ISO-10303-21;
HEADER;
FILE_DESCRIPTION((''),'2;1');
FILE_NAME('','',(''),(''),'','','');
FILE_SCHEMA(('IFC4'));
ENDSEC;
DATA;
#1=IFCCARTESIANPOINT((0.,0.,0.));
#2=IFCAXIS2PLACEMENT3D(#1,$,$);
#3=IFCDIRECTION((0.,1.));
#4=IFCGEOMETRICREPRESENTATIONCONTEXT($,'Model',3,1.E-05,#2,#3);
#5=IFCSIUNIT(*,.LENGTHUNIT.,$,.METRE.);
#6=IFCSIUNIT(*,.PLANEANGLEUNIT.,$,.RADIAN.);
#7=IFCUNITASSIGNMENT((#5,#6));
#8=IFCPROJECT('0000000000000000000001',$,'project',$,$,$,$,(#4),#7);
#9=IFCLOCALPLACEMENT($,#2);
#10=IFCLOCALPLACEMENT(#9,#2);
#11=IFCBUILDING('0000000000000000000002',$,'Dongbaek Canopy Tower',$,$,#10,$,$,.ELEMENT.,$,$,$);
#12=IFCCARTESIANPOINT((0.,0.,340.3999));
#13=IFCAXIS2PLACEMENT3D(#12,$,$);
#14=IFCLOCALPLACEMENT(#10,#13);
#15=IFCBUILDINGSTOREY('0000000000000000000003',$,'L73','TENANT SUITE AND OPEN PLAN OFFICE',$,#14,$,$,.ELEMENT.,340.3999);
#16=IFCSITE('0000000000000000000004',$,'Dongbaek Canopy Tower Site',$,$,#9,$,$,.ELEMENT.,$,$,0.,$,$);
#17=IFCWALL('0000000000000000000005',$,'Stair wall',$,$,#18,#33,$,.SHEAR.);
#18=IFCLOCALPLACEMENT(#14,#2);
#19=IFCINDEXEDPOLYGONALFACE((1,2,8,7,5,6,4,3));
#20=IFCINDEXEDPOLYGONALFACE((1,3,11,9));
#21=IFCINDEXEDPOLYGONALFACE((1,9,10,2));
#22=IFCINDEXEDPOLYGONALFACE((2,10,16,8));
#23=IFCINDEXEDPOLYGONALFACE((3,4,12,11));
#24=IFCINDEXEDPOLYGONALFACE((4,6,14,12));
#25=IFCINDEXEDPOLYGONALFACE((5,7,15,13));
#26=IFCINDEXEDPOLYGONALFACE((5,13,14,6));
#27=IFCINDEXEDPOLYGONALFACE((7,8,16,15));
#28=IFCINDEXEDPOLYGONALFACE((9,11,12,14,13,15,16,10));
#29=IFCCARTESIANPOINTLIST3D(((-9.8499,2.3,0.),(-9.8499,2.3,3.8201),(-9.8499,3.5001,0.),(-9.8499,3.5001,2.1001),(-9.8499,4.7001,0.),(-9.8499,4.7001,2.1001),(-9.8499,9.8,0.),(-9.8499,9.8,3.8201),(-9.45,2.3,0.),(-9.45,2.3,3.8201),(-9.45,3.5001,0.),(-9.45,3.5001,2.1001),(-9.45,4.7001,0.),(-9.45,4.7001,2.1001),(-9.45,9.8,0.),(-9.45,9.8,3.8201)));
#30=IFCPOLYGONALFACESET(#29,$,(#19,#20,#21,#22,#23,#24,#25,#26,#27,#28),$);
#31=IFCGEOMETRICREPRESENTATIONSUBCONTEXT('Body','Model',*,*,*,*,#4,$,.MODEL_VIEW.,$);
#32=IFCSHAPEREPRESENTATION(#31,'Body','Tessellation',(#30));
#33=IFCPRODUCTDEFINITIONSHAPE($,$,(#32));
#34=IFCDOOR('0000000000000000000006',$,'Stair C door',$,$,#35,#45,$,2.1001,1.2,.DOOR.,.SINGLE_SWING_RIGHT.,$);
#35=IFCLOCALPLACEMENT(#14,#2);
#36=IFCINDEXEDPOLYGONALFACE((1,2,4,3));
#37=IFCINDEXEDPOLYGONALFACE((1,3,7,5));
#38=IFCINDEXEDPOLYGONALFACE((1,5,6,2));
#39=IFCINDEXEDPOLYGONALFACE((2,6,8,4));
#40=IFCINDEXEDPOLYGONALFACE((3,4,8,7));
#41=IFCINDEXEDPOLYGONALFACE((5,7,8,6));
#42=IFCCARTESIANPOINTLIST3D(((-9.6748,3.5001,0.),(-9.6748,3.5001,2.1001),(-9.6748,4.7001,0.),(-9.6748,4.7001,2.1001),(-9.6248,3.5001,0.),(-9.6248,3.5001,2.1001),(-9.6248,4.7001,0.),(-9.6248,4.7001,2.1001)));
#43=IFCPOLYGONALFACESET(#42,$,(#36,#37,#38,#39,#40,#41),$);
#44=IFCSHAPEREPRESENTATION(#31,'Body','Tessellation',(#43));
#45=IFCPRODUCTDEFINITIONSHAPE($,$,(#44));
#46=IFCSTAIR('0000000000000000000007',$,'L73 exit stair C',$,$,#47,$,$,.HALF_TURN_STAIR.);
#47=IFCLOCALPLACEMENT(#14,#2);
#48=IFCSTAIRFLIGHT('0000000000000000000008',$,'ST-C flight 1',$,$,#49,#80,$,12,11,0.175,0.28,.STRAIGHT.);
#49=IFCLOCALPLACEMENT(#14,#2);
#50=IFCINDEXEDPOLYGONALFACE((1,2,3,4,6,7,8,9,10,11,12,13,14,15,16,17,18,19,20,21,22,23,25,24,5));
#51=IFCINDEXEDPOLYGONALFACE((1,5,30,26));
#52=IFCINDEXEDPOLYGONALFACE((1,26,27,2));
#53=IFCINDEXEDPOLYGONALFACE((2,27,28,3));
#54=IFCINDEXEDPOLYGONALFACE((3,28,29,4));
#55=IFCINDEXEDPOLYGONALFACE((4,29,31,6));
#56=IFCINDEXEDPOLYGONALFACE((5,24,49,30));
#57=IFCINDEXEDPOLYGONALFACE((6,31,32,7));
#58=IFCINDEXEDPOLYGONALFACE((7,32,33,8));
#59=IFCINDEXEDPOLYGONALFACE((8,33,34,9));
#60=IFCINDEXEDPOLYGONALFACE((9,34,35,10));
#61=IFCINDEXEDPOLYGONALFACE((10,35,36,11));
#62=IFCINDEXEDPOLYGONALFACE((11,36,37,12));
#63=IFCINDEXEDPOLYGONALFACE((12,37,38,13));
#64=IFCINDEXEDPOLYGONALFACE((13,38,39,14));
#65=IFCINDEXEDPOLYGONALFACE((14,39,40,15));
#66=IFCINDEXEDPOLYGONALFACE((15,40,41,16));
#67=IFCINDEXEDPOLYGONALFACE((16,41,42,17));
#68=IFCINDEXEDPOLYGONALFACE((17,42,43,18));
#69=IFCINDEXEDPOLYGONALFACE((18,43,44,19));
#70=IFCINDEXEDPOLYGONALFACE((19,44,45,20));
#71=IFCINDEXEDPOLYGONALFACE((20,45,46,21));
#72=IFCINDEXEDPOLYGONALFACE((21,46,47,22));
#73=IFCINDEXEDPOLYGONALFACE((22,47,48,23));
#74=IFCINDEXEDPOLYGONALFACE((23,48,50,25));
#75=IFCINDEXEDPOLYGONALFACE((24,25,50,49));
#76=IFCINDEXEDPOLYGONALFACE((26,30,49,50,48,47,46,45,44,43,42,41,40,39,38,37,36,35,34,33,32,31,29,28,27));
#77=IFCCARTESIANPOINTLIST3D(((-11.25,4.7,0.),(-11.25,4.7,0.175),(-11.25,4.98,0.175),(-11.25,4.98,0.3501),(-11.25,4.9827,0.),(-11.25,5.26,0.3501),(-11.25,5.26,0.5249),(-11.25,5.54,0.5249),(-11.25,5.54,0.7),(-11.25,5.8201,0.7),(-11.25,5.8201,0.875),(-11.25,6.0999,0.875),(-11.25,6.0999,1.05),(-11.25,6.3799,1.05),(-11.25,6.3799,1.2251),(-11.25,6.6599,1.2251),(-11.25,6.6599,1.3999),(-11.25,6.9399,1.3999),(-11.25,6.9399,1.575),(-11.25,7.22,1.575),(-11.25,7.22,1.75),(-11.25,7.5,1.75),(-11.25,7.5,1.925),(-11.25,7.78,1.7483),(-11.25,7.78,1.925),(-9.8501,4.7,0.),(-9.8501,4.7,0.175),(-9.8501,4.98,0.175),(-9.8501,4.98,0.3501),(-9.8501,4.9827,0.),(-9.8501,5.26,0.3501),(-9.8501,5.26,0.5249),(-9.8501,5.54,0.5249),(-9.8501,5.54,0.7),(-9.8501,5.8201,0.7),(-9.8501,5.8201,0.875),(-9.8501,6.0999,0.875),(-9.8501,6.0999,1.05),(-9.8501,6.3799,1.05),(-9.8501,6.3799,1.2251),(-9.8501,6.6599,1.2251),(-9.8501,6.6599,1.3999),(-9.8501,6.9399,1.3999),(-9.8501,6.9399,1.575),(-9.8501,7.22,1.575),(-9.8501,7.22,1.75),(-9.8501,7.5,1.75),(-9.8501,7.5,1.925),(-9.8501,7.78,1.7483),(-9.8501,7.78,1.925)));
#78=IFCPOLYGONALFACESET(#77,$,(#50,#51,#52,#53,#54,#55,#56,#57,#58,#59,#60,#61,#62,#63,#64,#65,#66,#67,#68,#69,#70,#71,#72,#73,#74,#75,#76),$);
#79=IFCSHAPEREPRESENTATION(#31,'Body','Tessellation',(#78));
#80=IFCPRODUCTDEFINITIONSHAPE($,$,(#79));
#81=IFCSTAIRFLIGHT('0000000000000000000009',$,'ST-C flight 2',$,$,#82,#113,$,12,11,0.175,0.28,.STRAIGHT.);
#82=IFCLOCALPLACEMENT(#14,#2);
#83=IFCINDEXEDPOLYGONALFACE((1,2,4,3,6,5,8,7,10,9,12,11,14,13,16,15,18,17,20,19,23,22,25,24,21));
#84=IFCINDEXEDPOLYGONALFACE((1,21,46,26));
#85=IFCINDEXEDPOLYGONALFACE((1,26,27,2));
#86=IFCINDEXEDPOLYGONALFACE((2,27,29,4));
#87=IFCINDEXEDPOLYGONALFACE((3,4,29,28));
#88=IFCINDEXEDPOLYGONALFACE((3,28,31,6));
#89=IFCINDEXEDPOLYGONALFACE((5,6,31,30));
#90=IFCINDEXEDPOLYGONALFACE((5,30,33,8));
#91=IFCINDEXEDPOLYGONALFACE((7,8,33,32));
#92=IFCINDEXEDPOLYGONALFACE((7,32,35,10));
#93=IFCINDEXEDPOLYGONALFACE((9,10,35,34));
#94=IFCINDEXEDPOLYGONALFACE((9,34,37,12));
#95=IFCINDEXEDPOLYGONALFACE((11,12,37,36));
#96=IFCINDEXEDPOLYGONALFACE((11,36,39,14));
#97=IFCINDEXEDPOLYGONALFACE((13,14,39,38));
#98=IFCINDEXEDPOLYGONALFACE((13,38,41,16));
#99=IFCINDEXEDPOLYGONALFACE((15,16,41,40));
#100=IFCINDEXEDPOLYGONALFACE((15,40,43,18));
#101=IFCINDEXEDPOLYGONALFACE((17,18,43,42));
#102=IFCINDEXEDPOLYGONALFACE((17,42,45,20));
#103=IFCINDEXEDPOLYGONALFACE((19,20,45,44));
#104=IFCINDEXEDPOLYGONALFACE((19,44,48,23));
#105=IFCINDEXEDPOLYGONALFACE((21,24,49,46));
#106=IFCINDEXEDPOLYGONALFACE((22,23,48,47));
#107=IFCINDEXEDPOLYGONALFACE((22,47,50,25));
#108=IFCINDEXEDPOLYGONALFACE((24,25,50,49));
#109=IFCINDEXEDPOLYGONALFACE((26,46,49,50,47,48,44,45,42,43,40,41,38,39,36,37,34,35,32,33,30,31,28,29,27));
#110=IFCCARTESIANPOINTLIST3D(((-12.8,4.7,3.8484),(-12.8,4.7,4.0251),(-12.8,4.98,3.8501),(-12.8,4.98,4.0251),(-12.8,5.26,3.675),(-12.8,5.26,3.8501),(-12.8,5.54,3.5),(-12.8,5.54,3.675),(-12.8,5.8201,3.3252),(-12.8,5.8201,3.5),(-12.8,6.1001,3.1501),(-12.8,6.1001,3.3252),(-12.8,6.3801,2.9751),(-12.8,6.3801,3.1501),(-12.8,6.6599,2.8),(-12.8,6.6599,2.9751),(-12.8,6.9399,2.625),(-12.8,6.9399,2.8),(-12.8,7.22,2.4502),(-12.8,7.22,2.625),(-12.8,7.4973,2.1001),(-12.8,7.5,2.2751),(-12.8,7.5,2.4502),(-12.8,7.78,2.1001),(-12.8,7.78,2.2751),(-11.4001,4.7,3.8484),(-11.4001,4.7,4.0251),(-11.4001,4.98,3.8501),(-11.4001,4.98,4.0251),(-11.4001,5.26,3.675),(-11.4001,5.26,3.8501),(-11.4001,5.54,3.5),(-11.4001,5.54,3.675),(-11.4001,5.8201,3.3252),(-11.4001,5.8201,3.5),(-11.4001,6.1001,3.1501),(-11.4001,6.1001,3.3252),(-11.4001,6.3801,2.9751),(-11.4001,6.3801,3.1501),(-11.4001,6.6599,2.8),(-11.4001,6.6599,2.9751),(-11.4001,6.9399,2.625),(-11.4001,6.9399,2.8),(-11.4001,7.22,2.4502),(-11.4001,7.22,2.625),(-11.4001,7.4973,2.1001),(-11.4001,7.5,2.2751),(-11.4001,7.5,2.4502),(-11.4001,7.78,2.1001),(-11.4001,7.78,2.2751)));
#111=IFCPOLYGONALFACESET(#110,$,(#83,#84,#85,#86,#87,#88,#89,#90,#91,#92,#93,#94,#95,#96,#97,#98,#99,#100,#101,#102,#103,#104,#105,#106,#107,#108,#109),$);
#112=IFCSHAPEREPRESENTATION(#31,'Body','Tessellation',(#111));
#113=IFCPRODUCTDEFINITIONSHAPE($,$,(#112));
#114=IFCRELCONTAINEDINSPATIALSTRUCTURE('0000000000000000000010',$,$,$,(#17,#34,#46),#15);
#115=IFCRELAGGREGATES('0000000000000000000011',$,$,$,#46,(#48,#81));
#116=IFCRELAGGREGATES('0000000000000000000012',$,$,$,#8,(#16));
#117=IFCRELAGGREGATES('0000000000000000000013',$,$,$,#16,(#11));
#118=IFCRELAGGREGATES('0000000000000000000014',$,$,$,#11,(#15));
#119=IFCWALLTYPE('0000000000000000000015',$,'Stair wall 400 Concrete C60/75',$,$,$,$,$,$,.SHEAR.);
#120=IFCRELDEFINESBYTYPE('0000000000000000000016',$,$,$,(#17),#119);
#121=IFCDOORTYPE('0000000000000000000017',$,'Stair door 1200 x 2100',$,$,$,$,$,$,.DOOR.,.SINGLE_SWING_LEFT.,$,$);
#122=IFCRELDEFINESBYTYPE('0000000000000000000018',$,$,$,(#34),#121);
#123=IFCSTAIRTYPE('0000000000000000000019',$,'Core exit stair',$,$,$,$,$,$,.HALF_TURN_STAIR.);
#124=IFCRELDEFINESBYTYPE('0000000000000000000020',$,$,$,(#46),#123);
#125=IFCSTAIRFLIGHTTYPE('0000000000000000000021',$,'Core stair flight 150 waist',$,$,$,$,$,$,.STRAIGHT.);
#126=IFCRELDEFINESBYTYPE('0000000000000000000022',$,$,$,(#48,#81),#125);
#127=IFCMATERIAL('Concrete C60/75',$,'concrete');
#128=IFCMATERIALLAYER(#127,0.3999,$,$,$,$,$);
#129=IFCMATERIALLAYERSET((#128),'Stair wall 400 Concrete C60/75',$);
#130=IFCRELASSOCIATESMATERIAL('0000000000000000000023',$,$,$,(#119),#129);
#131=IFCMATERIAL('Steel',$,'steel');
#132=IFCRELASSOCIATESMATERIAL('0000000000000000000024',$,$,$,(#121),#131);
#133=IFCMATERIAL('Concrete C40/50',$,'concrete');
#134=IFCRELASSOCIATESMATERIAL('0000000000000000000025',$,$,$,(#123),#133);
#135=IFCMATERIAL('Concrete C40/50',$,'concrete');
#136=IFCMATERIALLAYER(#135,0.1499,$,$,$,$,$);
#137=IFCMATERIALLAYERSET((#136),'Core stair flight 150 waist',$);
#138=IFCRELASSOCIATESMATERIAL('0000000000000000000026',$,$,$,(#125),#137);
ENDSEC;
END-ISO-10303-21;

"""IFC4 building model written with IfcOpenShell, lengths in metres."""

from ifc_helpers import new_model, si_unit, direction, frame, frame_2d, origin, place, context, subcontext, project, spatial, polyline, rectangle, outline, extrude, material, layer, layer_set, type_object, element, fill, aggregate, save


model = new_model("IFC4")

# Units and contexts
model_context = context("Model", 3, precision=1e-05, world=origin(), true_north=direction((0.0, 1.0)))
body_context = subcontext(model_context, "Body", "Model", "MODEL_VIEW")
ifc_project = project(units=[si_unit("LENGTHUNIT", "METRE"), si_unit("PLANEANGLEUNIT", "RADIAN")], contexts=[model_context])

# Site, building, storey
site_placement = place(None, origin())
site = spatial("IfcSite", under=ifc_project, at=site_placement, Name="Dongbaek Canopy Tower Site", CompositionType="ELEMENT", RefElevation=0.0)
building_placement = place(site_placement, origin())
building = spatial("IfcBuilding", under=site, at=building_placement, Name="Dongbaek Canopy Tower", CompositionType="ELEMENT")
storey_placement = place(building_placement, frame((0.0, 0.0, 340.3999)))
storey = spatial("IfcBuildingStorey", under=building, at=storey_placement, Name="L73", Description="TENANT SUITE AND OPEN PLAN OFFICE", CompositionType="ELEMENT", Elevation=340.3999)

# Wall, opening, door
ifc_material_1 = material(Name="Concrete C60/75", Category="concrete")
ifc_layer_1 = layer(ifc_material_1, 0.3999)
ifc_layer_set_1 = layer_set([ifc_layer_1], Name="Stair wall 400 Concrete C60/75")
wall_type_1 = type_object("IfcWallType", Name="Stair wall 400 Concrete C60/75", PredefinedType="SHEAR", material=ifc_layer_set_1)
wall_1_placement = place(storey_placement, frame((-9.6499, 2.3, 0.0), z_axis=(0.0, 0.0, 1.0), x_axis=(0.0, 1.0, 0.0)))
wall_1 = element("IfcWall", 1, at=wall_1_placement, inside=storey, type_object=wall_type_1, Name="Stair wall", PredefinedType="SHEAR", context=body_context, shape_type="SweptSolid", body=[
    extrude(rectangle(XDim=7.5, YDim=0.3999, at=frame_2d((3.75, 0.0))), origin(), (0.0, 0.0, 1.0), 3.8201),
])
opening_1_placement = place(wall_1_placement, frame((1.2, 0.0, 0.0)))
opening_1 = element("IfcOpeningElement", 2, at=opening_1_placement, cuts=wall_1, PredefinedType="OPENING", context=body_context, shape_type="SweptSolid", body=[
    extrude(rectangle(XDim=1.2, YDim=2.1001, at=frame_2d((0.6001, 1.05))), frame((0.0, 0.21, 0.0), z_axis=(0.0, -1.0, 0.0), x_axis=(1.0, 0.0, 0.0)), (0.0, 0.0, 1.0), 0.4199),
])
ifc_material_2 = material(Name="Steel", Category="steel")
door_type_1 = type_object("IfcDoorType", Name="Stair door 1200 x 2100", OperationType="SINGLE_SWING_LEFT", PredefinedType="DOOR", material=ifc_material_2)
door_1_placement = place(opening_1_placement, origin())
door_1 = element("IfcDoor", 3, at=door_1_placement, inside=storey, type_object=door_type_1, Name="Stair C door", OperationType="SINGLE_SWING_RIGHT", OverallHeight=2.1001, OverallWidth=1.2, PredefinedType="DOOR", context=body_context, shape_type="SweptSolid", body=[
    extrude(rectangle(XDim=1.2, YDim=2.1001, at=frame_2d((0.6001, 1.05))), frame((0.0, 0.0249, 0.0), z_axis=(0.0, -1.0, 0.0), x_axis=(1.0, 0.0, 0.0)), (0.0, 0.0, 1.0), 0.05),
])
fill(opening_1, door_1)

# Stair, stair flights
ifc_material_3 = material(Name="Concrete C40/50", Category="concrete")
stair_type = type_object("IfcStairType", Name="Core exit stair", PredefinedType="HALF_TURN_STAIR", material=ifc_material_3)
stair_placement = place(storey_placement, origin())
stair = element("IfcStair", 4, at=stair_placement, inside=storey, type_object=stair_type, Name="L73 exit stair C", PredefinedType="HALF_TURN_STAIR")
ifc_material_4 = material(Name="Concrete C40/50", Category="concrete")
ifc_layer_2 = layer(ifc_material_4, 0.1499)
ifc_layer_set_2 = layer_set([ifc_layer_2], Name="Core stair flight 150 waist")
stair_flight_type = type_object("IfcStairFlightType", Name="Core stair flight 150 waist", PredefinedType="STRAIGHT", material=ifc_layer_set_2)
stair_flight_1_placement = place(storey_placement, frame((-10.55, 4.7, 0.0), z_axis=(0.0, 0.0, 1.0), x_axis=(0.0, 1.0, 0.0)))
stair_flight_1 = element("IfcStairFlight", 5, at=stair_flight_1_placement, type_object=stair_flight_type, Name="ST-C flight 1", NumberOfRisers=12, NumberOfTreads=11, PredefinedType="STRAIGHT", RiserHeight=0.175, TreadLength=0.28, context=body_context, shape_type="SweptSolid", body=[
    extrude(outline(polyline([(0.0, 0.0), (0.0, 0.175), (0.28, 0.175), (0.28, 0.3501), (0.5601, 0.3501), (0.5601, 0.5249), (0.8401, 0.5249), (0.8401, 0.7), (1.1201, 0.7), (1.1201, 0.875), (1.3999, 0.875), (1.3999, 1.05), (1.6799, 1.05), (1.6799, 1.2251), (1.96, 1.2251), (1.96, 1.3999), (2.24, 1.3999), (2.24, 1.575), (2.52, 1.575), (2.52, 1.75), (2.8, 1.75), (2.8, 1.925), (3.0801, 1.925), (3.0801, 2.1001), (3.0801, 1.7483), (0.2827, 0.0), (0.0, 0.0)])), frame((0.0, 0.7, 0.0), z_axis=(0.0, -1.0, 0.0), x_axis=(1.0, 0.0, 0.0)), (0.0, 0.0, 1.0), 1.3999),
])
stair_flight_2_placement = place(storey_placement, frame((-12.1001, 7.78, 2.1001), z_axis=(0.0, 0.0, 1.0), x_axis=(0.0, -1.0, 0.0)))
stair_flight_2 = element("IfcStairFlight", 6, at=stair_flight_2_placement, type_object=stair_flight_type, Name="ST-C flight 2", NumberOfRisers=12, NumberOfTreads=11, PredefinedType="STRAIGHT", RiserHeight=0.175, TreadLength=0.28, context=body_context, shape_type="SweptSolid", body=[
    extrude(outline(polyline([(0.0, 0.0), (0.0, 0.175), (0.28, 0.175), (0.28, 0.3501), (0.5601, 0.3501), (0.5601, 0.5249), (0.8401, 0.5249), (0.8401, 0.7), (1.1201, 0.7), (1.1201, 0.875), (1.3999, 0.875), (1.3999, 1.05), (1.6799, 1.05), (1.6799, 1.2251), (1.96, 1.2251), (1.96, 1.3999), (2.24, 1.3999), (2.24, 1.575), (2.52, 1.575), (2.52, 1.75), (2.8, 1.75), (2.8, 1.925), (3.0801, 1.925), (3.0801, 2.1001), (3.0801, 1.7483), (0.2827, 0.0), (0.0, 0.0)])), frame((0.0, 0.7, 0.0), z_axis=(0.0, -1.0, 0.0), x_axis=(1.0, 0.0, 0.0)), (0.0, 0.0, 1.0), 1.3999),
])
aggregate(stair, [stair_flight_1, stair_flight_2])

save(model, "model.ifc")
